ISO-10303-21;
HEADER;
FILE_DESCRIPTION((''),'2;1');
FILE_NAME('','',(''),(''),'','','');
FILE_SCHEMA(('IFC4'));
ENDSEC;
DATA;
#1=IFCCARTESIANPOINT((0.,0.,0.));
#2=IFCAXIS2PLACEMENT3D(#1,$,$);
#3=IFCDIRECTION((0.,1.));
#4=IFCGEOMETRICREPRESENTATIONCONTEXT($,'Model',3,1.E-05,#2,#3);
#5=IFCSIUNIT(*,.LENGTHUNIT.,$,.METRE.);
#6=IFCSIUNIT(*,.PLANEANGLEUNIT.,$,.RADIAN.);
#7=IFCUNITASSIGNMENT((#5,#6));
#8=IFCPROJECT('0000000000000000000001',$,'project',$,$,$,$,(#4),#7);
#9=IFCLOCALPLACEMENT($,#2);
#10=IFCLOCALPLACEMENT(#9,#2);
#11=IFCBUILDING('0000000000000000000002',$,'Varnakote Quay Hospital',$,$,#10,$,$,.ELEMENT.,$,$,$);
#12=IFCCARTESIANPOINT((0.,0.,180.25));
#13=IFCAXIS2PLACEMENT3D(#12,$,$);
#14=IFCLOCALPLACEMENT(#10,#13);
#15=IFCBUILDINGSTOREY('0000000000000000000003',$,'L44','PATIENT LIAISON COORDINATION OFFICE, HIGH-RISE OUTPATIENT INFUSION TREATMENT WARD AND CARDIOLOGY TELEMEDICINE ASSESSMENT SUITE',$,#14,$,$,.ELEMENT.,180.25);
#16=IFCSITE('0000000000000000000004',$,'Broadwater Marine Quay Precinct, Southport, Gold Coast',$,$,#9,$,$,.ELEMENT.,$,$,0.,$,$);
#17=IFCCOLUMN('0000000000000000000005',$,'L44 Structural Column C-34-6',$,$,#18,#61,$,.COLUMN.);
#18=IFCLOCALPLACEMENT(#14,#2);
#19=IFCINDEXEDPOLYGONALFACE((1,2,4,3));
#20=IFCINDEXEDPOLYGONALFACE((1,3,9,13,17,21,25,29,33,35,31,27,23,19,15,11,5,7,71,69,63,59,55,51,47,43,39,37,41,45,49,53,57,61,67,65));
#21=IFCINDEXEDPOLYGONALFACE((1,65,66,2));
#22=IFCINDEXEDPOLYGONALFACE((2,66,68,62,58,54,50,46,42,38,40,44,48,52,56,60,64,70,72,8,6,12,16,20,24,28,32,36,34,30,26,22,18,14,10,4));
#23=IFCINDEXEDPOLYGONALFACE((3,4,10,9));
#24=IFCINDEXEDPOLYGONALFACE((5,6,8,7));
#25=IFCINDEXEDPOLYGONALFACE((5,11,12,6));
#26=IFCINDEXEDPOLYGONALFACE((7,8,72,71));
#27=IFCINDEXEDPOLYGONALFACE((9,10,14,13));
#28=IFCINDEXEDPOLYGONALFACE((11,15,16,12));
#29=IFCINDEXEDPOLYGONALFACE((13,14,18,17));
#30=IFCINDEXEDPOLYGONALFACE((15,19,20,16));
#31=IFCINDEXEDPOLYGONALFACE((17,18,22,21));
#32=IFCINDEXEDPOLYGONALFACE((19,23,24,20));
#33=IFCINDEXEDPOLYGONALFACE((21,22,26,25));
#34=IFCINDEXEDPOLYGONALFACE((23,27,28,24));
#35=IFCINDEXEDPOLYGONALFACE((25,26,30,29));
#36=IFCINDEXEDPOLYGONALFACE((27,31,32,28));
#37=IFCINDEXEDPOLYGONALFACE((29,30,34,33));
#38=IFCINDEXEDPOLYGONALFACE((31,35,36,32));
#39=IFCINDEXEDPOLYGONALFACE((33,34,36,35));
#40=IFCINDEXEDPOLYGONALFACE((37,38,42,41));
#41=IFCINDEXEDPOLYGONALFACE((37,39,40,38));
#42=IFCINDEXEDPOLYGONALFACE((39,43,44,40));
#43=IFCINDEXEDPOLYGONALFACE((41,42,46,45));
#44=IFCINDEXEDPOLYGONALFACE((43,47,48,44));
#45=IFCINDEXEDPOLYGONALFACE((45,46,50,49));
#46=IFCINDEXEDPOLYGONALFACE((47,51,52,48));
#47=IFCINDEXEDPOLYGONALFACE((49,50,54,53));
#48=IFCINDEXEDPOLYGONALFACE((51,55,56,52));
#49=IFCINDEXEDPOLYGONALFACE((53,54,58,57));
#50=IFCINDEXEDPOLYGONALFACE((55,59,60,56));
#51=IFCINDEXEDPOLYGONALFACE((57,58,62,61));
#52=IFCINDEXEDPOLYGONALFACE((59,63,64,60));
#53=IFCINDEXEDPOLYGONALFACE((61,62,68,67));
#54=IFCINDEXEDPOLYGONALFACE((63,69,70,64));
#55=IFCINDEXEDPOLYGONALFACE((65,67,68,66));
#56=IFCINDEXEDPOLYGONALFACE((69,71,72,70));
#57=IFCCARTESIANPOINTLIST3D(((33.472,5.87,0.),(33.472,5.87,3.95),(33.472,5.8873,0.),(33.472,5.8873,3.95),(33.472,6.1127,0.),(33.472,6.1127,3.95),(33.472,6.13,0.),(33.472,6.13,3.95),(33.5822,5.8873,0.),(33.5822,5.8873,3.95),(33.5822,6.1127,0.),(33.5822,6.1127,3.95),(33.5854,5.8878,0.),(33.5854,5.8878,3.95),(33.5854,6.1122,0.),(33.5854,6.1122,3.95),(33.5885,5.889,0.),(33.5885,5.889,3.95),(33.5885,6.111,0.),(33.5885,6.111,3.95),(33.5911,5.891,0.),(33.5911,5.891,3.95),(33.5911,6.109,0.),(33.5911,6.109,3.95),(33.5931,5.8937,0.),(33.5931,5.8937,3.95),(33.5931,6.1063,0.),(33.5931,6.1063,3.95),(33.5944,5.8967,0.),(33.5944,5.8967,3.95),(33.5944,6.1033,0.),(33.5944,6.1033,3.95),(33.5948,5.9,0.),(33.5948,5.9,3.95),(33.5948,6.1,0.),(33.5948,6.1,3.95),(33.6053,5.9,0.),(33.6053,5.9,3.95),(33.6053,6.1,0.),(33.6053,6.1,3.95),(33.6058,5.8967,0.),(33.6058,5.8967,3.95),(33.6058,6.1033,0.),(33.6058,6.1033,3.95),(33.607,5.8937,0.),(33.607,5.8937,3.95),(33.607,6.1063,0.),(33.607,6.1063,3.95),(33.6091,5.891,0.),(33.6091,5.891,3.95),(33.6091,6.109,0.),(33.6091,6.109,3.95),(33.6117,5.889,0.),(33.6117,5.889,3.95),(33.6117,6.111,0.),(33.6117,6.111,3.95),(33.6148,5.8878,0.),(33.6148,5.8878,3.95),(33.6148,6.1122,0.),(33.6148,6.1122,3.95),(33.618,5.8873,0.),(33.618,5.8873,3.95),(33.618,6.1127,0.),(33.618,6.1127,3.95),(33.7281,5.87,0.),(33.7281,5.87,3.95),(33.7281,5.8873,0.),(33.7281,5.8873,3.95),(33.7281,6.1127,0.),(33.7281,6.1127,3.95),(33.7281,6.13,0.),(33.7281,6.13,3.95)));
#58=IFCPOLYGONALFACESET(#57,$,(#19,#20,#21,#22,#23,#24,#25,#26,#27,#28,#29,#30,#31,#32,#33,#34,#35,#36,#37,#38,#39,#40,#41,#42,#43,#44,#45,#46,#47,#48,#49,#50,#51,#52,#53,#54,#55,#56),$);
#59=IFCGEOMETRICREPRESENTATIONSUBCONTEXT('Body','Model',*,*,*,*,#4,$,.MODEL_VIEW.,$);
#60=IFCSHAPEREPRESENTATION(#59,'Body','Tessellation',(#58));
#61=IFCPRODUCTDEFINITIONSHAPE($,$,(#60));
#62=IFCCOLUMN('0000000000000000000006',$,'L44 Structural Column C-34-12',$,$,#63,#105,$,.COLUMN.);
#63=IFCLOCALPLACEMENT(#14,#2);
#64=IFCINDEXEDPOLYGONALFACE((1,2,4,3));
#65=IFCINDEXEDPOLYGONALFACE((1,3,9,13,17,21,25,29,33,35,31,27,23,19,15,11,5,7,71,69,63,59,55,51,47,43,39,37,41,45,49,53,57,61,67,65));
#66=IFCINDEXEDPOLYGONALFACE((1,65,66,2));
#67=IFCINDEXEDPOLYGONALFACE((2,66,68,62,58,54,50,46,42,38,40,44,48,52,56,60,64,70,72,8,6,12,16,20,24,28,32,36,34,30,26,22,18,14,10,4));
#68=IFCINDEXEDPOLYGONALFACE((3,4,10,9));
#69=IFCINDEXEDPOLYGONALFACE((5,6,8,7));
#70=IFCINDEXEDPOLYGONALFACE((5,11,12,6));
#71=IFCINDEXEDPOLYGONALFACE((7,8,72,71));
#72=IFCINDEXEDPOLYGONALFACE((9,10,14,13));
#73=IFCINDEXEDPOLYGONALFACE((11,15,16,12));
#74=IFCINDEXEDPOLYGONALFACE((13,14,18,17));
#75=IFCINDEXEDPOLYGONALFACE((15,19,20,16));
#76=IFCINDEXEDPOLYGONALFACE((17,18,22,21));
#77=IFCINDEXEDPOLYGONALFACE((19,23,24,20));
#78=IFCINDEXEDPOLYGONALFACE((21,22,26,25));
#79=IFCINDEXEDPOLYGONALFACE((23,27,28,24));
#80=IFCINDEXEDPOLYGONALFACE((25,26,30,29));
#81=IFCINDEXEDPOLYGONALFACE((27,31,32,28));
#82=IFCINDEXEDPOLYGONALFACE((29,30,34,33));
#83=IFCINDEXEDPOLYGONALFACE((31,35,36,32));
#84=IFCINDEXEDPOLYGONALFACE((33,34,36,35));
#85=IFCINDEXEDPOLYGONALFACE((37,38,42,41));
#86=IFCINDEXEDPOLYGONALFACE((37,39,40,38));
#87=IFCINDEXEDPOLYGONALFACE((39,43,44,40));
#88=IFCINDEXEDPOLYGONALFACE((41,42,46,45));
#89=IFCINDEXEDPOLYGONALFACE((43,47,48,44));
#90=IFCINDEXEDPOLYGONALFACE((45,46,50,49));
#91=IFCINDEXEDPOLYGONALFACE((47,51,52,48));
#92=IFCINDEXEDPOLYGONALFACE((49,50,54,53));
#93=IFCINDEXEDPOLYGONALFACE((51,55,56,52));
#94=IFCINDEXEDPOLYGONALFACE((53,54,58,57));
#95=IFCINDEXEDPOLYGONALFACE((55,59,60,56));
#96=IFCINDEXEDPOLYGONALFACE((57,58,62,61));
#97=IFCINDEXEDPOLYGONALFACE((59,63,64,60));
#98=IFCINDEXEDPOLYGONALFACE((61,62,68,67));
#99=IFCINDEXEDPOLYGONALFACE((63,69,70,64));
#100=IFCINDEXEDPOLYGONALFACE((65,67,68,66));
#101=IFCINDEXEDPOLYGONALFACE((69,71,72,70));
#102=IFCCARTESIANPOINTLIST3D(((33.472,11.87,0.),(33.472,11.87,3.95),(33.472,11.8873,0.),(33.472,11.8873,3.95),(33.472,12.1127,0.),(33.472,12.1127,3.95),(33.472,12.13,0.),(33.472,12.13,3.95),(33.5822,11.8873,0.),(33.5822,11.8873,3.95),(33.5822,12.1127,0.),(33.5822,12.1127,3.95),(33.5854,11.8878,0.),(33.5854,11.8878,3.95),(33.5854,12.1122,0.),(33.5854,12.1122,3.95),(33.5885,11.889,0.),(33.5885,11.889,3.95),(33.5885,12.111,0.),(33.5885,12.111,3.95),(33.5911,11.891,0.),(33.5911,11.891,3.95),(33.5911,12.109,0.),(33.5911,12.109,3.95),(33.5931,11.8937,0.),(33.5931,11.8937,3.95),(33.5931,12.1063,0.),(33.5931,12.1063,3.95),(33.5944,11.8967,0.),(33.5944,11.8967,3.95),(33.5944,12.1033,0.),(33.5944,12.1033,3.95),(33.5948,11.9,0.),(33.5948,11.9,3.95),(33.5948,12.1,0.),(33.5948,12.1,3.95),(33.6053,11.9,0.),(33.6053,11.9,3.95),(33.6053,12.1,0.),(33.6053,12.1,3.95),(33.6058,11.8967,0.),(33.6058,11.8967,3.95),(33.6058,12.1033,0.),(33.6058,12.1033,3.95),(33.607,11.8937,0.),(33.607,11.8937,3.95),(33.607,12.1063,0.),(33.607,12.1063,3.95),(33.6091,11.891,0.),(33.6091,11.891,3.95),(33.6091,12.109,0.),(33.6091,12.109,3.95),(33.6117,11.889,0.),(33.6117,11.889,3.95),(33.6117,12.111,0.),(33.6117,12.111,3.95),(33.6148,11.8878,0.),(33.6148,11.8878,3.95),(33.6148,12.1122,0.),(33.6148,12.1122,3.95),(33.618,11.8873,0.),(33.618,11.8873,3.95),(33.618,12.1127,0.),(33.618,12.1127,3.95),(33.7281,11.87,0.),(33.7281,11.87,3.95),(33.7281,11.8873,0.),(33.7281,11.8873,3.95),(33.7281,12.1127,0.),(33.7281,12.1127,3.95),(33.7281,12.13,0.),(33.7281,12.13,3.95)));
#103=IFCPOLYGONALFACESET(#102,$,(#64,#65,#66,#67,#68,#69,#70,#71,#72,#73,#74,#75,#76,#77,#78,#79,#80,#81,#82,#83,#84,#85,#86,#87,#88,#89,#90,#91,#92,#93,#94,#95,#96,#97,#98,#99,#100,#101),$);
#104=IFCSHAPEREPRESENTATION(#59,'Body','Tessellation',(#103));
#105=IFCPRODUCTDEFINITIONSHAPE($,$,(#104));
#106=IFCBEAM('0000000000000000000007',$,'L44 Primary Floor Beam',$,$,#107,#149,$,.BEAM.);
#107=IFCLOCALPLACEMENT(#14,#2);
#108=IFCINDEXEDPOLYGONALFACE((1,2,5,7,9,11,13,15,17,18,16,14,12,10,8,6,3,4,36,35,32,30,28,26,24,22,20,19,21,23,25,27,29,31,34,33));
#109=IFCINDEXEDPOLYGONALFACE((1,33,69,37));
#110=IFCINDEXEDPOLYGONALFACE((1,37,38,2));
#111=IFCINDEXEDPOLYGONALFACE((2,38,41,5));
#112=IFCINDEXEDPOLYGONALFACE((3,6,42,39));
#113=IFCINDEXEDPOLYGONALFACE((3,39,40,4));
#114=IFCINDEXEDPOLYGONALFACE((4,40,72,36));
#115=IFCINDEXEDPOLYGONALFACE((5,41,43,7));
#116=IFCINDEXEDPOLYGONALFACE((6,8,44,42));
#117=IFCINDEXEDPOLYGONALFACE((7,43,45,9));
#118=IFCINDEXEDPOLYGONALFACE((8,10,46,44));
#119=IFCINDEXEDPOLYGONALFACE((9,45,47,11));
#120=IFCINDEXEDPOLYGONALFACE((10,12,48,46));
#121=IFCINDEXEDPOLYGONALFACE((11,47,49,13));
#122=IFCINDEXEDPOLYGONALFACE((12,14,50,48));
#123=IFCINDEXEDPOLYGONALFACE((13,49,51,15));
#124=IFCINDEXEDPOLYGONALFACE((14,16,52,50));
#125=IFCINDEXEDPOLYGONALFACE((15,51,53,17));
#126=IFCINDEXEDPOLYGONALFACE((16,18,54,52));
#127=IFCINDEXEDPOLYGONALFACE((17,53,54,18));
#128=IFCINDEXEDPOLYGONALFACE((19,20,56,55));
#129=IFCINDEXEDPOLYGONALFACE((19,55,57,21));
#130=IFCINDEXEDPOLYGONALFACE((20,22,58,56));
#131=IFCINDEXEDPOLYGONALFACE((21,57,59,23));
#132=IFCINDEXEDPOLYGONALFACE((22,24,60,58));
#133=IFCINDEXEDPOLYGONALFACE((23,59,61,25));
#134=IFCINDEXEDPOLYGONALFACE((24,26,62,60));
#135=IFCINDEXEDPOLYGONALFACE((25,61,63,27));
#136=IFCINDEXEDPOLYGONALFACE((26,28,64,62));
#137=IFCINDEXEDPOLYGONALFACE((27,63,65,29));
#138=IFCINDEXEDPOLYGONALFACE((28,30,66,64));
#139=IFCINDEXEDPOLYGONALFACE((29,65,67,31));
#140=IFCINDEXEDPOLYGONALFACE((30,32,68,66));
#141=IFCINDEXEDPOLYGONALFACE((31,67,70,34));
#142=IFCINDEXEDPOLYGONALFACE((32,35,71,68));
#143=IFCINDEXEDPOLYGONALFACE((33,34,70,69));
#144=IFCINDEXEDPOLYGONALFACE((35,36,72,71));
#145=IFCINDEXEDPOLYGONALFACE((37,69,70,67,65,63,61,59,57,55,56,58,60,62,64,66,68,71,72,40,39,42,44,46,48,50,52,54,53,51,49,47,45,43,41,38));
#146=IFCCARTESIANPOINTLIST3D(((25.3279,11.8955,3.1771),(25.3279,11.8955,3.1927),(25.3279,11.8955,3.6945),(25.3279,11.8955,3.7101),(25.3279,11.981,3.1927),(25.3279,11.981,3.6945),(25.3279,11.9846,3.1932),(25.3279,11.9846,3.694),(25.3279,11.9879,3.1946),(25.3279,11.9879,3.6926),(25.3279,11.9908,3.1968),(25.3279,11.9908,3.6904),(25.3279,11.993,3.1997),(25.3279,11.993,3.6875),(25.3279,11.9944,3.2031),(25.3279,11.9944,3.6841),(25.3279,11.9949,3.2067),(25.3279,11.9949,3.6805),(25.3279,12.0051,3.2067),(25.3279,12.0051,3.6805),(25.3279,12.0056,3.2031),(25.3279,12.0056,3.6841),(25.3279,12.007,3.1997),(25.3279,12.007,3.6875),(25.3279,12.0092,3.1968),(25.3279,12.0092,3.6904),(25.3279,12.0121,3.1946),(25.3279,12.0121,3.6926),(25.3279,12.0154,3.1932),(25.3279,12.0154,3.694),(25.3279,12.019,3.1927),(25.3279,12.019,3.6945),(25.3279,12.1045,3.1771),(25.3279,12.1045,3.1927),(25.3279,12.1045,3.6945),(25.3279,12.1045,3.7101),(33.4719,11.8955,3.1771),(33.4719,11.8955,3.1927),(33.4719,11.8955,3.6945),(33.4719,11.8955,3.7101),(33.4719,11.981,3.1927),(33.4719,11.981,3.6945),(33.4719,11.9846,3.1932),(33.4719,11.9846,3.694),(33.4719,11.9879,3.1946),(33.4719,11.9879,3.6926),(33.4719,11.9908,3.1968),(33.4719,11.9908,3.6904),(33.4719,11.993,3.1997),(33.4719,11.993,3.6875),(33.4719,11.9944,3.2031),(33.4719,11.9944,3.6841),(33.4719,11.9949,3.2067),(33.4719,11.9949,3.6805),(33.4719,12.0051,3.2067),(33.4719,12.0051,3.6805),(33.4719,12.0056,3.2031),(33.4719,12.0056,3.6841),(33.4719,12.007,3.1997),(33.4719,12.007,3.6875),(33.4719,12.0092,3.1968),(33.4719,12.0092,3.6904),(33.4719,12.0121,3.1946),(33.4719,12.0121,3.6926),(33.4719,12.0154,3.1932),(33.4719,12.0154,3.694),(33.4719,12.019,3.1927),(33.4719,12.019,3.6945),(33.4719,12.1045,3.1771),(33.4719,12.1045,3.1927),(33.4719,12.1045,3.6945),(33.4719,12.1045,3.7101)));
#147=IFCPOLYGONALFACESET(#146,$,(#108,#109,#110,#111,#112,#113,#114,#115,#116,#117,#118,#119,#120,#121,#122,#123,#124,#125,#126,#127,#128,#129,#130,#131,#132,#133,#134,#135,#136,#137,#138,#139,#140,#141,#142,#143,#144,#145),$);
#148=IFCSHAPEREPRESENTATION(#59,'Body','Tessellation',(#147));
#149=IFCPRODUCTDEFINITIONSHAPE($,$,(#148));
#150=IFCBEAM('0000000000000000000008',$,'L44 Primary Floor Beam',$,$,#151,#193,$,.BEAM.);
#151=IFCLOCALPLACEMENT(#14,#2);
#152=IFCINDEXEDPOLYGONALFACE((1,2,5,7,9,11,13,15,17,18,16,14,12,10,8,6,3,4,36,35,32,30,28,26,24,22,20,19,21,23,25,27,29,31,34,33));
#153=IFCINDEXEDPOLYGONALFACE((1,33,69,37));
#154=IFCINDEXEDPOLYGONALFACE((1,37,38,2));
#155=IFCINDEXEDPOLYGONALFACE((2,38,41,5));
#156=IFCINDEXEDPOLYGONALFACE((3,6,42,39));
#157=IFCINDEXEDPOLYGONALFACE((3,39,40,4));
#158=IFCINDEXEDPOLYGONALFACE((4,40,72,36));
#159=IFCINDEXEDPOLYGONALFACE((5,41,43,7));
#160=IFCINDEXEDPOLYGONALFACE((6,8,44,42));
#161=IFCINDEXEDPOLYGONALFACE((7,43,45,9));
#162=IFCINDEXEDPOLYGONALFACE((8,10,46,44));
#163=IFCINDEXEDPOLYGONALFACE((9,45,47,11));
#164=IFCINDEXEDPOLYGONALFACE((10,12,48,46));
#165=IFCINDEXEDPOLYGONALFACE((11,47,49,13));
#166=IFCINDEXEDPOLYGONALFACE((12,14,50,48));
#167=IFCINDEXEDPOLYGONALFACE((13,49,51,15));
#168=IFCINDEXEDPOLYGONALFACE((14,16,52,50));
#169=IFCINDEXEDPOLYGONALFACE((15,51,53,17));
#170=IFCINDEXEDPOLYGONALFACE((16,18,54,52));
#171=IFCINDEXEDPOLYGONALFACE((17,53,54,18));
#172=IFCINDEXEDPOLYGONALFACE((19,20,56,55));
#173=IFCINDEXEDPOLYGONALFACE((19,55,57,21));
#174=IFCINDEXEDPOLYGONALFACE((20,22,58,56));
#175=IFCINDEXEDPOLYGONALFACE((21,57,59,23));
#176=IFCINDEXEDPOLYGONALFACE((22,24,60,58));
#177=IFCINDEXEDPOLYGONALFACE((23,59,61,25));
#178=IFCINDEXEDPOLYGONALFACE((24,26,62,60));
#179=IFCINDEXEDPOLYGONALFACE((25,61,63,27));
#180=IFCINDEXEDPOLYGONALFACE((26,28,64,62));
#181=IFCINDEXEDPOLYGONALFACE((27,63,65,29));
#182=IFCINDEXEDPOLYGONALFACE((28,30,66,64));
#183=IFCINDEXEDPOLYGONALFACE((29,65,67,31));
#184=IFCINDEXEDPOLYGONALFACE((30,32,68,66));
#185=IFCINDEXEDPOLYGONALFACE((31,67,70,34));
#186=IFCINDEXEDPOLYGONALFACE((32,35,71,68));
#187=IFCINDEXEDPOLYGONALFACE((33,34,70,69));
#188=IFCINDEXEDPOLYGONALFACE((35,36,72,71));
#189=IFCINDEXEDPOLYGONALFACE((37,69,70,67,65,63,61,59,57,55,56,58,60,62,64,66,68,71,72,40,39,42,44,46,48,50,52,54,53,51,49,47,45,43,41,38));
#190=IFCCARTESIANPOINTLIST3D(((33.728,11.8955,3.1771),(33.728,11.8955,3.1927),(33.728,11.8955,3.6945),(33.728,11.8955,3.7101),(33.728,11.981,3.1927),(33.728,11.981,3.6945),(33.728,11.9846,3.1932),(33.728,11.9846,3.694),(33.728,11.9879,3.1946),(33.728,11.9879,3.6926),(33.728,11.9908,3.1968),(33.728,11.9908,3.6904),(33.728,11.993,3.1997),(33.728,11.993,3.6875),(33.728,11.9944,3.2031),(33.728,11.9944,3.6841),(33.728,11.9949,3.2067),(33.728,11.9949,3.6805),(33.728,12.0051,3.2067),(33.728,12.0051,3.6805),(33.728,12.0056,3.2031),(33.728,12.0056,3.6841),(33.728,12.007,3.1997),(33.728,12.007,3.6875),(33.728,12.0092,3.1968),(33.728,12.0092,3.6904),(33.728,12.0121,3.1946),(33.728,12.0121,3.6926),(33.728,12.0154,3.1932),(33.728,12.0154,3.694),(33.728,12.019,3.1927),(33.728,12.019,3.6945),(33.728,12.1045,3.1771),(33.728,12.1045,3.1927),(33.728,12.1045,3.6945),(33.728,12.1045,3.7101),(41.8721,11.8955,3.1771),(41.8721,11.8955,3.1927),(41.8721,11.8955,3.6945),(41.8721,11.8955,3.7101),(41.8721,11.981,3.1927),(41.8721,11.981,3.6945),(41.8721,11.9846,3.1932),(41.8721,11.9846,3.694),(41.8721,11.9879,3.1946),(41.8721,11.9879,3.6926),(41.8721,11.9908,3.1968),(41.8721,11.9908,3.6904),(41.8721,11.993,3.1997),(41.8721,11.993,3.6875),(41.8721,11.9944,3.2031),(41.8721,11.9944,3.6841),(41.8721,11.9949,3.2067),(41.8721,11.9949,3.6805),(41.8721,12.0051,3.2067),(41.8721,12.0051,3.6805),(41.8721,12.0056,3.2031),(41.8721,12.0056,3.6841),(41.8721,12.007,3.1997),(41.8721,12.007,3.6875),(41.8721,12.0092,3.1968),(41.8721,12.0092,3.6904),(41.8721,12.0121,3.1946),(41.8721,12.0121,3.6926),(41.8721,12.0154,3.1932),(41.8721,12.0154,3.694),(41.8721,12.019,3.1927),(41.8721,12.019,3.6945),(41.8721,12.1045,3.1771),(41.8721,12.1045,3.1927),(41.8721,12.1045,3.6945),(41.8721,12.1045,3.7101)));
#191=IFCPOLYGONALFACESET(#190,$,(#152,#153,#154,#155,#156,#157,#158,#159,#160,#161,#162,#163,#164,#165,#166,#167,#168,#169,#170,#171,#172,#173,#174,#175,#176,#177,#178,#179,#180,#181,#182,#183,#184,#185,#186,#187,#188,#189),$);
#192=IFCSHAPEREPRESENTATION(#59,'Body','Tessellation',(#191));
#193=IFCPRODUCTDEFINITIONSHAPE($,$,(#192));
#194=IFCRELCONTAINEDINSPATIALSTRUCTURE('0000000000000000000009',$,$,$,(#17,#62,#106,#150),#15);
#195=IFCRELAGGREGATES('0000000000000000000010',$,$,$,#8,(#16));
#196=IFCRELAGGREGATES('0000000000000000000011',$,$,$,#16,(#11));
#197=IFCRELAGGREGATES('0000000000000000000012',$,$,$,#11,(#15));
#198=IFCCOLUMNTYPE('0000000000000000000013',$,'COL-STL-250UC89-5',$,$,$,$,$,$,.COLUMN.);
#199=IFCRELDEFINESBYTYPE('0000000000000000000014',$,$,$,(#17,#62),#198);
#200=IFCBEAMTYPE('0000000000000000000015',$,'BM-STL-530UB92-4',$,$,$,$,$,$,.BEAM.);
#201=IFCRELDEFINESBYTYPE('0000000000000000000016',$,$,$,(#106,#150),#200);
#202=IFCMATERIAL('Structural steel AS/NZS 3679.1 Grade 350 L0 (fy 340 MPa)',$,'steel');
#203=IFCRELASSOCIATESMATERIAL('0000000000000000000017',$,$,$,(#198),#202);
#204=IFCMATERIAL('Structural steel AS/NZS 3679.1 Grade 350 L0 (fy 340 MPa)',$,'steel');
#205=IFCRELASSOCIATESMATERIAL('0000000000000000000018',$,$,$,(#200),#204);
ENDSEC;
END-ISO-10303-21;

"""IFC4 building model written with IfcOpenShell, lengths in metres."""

from ifc_helpers import new_model, si_unit, direction, frame, origin, origin_2d, place, context, subcontext, project, spatial, i_section, extrude, material, material_profile, profile_set, type_object, element, save


model = new_model("IFC4")

# Units and contexts
model_context = context("Model", 3, precision=1e-05, world=origin(), true_north=direction((0.0, 1.0)))
body_context = subcontext(model_context, "Body", "Model", "MODEL_VIEW")
ifc_project = project(units=[si_unit("LENGTHUNIT", "METRE"), si_unit("PLANEANGLEUNIT", "RADIAN")], contexts=[model_context])

# Site, building, storey
site_placement = place(None, origin())
site = spatial("IfcSite", under=ifc_project, at=site_placement, Name="Broadwater Marine Quay Precinct, Southport, Gold Coast", CompositionType="ELEMENT", RefElevation=0.0)
building_placement = place(site_placement, origin())
building = spatial("IfcBuilding", under=site, at=building_placement, Name="Varnakote Quay Hospital", CompositionType="ELEMENT")
storey_placement = place(building_placement, frame((0.0, 0.0, 180.25)))
storey = spatial("IfcBuildingStorey", under=building, at=storey_placement, Name="L44", Description="PATIENT LIAISON COORDINATION OFFICE, HIGH-RISE OUTPATIENT INFUSION TREATMENT WARD AND CARDIOLOGY TELEMEDICINE ASSESSMENT SUITE", CompositionType="ELEMENT", Elevation=180.25)

# Columns
ifc_material_1 = material(Name="Structural steel AS/NZS 3679.1 Grade 350 L0 (fy 340 MPa)", Category="steel")
ifc_material_profile_1 = material_profile(ifc_material_1, i_section(OverallWidth=0.2561, OverallDepth=0.26, WebThickness=0.0105, FlangeThickness=0.0173, FilletRadius=0.0127, at=origin_2d()), Name="250UC89.5")
ifc_profile_set_1 = profile_set([ifc_material_profile_1], Name="Structural steel AS/NZS 3679.1 Grade 350 L0 (fy 340 MPa)")
column_type = type_object("IfcColumnType", Name="COL-STL-250UC89-5", PredefinedType="COLUMN", material=ifc_profile_set_1)
for number, where, z_axis, x_axis, name in (
    (1, (33.6001, 6.0, 0.0), (0.0, 0.0, 1.0), (1.0, 0.0, 0.0), "L44 Structural Column C-34-6"),
    (2, (33.6001, 12.0, 0.0), (0.0, 0.0, 1.0), (1.0, 0.0, 0.0), "L44 Structural Column C-34-12"),
):
    element("IfcColumn", number, at=place(storey_placement, frame(where, z_axis=z_axis, x_axis=x_axis)), inside=storey, type_object=column_type, Name=name, PredefinedType="COLUMN", context=body_context, shape_type="SweptSolid", body=[
        extrude(i_section(OverallWidth=0.2561, OverallDepth=0.26, WebThickness=0.0105, FlangeThickness=0.0173, FilletRadius=0.0127, at=origin_2d()), origin(), (0.0, 0.0, 1.0), 3.95),
    ])

# Beams
ifc_material_2 = material(Name="Structural steel AS/NZS 3679.1 Grade 350 L0 (fy 340 MPa)", Category="steel")
ifc_material_profile_2 = material_profile(ifc_material_2, i_section(OverallWidth=0.209, OverallDepth=0.533, WebThickness=0.0103, FlangeThickness=0.0156, FilletRadius=0.0139, at=origin_2d()), Name="530UB92.4")
ifc_profile_set_2 = profile_set([ifc_material_profile_2], Name="Structural steel AS/NZS 3679.1 Grade 350 L0 (fy 340 MPa)")
beam_type_1 = type_object("IfcBeamType", Name="BM-STL-530UB92-4", PredefinedType="BEAM", material=ifc_profile_set_2)
for number, where, z_axis, x_axis, name in (
    (3, (25.3279, 12.0, 3.4436), (1.0, 0.0, 0.0), (0.0, 1.0, 0.0), "L44 Primary Floor Beam"),
    (4, (33.728, 12.0, 3.4436), (1.0, 0.0, 0.0), (0.0, 1.0, 0.0), "L44 Primary Floor Beam"),
):
    element("IfcBeam", number, at=place(storey_placement, frame(where, z_axis=z_axis, x_axis=x_axis)), inside=storey, type_object=beam_type_1, Name=name, PredefinedType="BEAM", context=body_context, shape_type="SweptSolid", body=[
        extrude(i_section(OverallWidth=0.209, OverallDepth=0.533, WebThickness=0.0103, FlangeThickness=0.0156, FilletRadius=0.0139, at=origin_2d()), origin(), (0.0, 0.0, 1.0), 8.144),
    ])

save(model, "model.ifc")
